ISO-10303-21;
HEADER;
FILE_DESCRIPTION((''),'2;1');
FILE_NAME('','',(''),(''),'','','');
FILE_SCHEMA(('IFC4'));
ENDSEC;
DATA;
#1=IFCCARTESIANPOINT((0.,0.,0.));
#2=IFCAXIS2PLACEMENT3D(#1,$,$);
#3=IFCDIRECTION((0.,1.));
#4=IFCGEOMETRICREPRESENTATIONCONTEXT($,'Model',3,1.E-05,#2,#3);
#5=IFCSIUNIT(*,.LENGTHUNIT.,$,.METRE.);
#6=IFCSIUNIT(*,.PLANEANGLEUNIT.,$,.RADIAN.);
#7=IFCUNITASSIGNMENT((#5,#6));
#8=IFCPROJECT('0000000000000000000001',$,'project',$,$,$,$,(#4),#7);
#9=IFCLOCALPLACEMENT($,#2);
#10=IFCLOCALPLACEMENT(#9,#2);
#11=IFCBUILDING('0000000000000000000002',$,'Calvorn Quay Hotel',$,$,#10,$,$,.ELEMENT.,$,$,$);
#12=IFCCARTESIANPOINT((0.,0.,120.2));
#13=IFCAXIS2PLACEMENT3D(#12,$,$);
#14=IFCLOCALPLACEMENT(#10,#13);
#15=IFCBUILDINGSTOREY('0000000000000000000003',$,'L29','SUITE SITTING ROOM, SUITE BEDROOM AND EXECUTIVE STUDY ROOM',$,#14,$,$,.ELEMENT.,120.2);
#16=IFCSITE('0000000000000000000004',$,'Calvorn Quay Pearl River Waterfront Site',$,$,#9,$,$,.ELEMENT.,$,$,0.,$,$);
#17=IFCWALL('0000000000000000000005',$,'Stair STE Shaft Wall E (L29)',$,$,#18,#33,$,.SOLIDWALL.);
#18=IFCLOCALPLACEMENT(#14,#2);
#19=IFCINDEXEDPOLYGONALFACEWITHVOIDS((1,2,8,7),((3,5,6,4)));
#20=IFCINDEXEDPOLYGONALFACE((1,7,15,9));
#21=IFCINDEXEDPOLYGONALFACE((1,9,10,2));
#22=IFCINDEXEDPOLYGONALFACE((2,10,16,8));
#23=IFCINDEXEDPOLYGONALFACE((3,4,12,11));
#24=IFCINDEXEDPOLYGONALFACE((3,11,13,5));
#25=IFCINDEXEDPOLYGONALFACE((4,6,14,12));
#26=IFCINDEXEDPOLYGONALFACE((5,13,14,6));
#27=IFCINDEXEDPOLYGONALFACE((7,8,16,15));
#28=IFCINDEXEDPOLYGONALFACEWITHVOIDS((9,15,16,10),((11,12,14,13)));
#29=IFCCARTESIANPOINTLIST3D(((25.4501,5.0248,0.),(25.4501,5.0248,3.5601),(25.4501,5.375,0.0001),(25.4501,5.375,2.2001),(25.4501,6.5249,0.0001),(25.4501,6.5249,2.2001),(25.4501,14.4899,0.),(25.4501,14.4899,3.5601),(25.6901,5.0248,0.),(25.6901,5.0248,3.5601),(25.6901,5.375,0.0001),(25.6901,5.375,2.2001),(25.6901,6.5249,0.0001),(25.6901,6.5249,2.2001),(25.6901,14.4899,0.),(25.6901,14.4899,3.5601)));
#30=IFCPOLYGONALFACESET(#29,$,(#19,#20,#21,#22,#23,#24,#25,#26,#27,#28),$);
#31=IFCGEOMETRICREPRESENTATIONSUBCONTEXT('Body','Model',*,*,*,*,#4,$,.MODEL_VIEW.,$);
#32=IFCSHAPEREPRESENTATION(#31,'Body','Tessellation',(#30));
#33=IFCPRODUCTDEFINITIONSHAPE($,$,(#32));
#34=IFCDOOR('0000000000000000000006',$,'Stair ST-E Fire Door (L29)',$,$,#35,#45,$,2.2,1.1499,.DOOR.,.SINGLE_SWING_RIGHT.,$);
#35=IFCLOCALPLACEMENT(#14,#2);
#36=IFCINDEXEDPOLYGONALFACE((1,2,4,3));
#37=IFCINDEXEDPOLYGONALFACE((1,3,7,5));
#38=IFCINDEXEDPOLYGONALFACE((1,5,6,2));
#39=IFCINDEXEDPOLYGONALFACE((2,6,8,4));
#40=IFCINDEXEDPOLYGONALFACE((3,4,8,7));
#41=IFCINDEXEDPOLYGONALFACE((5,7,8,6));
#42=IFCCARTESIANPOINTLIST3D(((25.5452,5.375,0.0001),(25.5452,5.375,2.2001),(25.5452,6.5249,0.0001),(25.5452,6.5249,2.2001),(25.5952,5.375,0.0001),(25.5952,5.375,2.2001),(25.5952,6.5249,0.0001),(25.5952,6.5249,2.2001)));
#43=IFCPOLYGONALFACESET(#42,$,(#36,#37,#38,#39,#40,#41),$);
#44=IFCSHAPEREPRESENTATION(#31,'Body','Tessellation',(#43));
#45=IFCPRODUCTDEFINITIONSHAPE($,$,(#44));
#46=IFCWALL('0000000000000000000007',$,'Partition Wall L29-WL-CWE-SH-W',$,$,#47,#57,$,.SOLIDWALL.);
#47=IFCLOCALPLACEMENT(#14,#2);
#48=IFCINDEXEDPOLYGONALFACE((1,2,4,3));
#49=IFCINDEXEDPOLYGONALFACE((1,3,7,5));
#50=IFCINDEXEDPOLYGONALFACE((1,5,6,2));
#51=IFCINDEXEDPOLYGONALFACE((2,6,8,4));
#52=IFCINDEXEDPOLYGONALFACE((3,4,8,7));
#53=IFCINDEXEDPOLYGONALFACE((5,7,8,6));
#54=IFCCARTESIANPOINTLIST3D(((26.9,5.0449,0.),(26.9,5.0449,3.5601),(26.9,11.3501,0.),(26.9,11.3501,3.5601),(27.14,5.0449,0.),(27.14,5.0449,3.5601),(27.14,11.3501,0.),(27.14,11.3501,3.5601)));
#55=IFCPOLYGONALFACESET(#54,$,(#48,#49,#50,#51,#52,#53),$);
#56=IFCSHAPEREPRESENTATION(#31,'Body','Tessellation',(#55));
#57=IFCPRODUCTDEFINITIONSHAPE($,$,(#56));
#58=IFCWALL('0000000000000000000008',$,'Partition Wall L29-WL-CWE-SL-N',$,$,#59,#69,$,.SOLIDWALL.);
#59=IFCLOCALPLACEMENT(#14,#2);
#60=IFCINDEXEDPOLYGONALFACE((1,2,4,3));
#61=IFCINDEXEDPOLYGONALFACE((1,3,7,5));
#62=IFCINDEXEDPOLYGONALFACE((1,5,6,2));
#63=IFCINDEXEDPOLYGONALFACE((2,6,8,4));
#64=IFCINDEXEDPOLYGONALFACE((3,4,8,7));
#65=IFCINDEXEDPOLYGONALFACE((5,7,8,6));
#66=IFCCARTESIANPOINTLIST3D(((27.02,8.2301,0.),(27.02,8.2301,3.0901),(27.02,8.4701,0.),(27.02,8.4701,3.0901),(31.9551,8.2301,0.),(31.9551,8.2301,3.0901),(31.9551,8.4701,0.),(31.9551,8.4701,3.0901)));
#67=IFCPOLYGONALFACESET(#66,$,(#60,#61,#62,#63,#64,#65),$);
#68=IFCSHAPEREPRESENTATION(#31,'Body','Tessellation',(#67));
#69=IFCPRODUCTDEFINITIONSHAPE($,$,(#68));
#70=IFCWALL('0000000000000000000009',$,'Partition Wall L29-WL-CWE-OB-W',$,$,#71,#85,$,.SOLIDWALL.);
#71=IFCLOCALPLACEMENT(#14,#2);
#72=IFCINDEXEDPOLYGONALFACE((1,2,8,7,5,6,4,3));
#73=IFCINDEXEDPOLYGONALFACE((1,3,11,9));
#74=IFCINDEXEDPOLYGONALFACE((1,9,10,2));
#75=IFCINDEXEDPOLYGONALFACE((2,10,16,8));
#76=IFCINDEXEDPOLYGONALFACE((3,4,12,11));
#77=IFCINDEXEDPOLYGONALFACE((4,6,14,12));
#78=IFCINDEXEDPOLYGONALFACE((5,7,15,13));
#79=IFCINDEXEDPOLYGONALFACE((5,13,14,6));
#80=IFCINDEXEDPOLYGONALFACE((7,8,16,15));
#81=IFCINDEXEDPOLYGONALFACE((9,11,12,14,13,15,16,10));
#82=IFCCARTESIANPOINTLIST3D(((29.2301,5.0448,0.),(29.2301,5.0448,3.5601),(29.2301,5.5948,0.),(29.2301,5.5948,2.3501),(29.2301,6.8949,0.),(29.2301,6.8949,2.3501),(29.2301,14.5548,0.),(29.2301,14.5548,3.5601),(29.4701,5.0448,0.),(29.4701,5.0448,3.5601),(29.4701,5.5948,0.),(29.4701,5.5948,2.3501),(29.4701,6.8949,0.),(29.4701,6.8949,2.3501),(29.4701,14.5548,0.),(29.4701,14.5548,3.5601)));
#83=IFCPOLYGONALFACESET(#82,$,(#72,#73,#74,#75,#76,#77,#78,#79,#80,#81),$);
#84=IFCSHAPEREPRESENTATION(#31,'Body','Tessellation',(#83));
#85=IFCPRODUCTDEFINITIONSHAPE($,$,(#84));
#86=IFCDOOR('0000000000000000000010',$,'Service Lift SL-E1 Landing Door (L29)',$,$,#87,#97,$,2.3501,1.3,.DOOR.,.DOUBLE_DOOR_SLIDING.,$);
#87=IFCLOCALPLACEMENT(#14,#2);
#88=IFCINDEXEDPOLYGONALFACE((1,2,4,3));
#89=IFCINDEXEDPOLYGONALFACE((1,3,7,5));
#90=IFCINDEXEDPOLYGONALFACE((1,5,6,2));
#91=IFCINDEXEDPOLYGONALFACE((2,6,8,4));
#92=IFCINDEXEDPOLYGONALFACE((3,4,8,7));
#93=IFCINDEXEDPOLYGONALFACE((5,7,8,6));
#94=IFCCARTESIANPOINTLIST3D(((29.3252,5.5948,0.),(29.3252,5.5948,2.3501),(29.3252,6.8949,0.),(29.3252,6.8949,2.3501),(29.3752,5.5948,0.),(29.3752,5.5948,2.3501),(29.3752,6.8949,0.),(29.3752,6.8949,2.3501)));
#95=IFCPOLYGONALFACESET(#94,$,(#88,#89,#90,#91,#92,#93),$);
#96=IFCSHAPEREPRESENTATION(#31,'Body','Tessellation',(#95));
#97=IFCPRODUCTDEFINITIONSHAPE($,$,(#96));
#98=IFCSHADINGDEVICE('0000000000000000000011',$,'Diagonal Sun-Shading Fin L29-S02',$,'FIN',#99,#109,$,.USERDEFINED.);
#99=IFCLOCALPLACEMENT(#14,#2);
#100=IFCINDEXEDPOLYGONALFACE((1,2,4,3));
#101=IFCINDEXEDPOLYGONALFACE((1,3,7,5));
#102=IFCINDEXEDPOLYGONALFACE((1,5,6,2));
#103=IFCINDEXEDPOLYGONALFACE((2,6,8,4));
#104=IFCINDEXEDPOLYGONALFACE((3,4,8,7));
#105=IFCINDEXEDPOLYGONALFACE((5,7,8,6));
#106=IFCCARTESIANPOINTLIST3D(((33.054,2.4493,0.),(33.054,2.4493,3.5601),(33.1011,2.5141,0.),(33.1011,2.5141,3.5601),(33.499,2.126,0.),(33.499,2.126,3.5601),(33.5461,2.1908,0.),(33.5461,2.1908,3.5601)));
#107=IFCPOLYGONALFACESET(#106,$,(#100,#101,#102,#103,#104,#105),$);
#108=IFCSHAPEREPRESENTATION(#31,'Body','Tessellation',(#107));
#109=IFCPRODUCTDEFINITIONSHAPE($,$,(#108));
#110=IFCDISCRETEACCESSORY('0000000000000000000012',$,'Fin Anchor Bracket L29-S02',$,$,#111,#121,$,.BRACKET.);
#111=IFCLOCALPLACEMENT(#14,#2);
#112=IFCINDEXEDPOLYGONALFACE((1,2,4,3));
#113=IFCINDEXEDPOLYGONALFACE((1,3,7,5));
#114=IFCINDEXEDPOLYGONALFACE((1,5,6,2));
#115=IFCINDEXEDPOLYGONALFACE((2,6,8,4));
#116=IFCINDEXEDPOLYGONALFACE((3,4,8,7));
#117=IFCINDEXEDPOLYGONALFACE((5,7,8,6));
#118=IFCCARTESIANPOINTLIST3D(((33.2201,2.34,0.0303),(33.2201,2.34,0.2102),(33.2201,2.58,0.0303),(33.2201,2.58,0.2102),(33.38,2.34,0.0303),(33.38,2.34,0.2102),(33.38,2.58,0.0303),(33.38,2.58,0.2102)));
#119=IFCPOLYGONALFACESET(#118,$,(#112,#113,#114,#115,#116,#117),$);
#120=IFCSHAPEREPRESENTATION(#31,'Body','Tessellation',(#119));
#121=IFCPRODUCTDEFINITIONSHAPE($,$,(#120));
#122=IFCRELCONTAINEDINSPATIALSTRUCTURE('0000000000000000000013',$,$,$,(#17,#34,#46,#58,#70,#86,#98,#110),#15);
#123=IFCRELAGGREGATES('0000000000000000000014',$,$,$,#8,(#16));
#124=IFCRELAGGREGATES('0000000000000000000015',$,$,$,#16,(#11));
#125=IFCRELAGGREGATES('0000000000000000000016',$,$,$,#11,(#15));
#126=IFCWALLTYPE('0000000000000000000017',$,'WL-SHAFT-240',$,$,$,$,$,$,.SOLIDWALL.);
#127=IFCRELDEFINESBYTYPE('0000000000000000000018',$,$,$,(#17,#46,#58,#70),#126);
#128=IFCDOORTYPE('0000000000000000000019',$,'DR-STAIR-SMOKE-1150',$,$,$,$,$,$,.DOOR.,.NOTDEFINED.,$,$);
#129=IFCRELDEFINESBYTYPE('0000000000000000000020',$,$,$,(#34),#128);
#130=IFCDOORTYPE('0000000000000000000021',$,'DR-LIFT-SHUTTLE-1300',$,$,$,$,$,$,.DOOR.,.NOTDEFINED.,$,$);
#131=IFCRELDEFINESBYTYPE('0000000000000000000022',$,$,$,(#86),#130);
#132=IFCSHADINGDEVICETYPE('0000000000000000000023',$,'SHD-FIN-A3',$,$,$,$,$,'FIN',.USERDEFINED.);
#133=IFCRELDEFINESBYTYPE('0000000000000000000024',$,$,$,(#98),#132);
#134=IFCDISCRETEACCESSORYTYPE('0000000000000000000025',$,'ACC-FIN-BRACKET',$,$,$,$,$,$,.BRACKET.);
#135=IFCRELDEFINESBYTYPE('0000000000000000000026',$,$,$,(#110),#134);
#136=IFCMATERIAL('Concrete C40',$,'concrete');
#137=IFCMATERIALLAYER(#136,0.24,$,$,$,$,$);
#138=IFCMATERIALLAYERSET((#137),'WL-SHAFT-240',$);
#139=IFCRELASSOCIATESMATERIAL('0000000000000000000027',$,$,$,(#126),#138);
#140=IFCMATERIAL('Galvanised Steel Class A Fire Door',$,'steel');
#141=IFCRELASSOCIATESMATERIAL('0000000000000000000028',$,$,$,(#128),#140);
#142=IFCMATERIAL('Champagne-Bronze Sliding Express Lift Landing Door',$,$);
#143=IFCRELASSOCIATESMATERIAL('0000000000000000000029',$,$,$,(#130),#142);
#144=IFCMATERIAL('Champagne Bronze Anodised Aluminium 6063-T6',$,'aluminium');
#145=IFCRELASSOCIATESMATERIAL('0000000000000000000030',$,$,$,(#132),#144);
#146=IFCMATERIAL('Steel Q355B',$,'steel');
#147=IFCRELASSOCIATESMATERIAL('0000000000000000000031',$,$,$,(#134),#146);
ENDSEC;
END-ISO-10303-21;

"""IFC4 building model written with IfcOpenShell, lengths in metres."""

from ifc_helpers import new_model, si_unit, direction, frame, frame_2d, origin, origin_2d, place, context, subcontext, project, spatial, rectangle, extrude, material, layer, layer_set, type_object, element, fill, save


model = new_model("IFC4")

# Units and contexts
model_context = context("Model", 3, precision=1e-05, world=origin(), true_north=direction((0.0, 1.0)))
body_context = subcontext(model_context, "Body", "Model", "MODEL_VIEW")
ifc_project = project(units=[si_unit("LENGTHUNIT", "METRE"), si_unit("PLANEANGLEUNIT", "RADIAN")], contexts=[model_context])

# Site, building, storey
site_placement = place(None, origin())
site = spatial("IfcSite", under=ifc_project, at=site_placement, Name="Calvorn Quay Pearl River Waterfront Site", CompositionType="ELEMENT", RefElevation=0.0)
building_placement = place(site_placement, origin())
building = spatial("IfcBuilding", under=site, at=building_placement, Name="Calvorn Quay Hotel", CompositionType="ELEMENT")
storey_placement = place(building_placement, frame((0.0, 0.0, 120.2)))
storey = spatial("IfcBuildingStorey", under=building, at=storey_placement, Name="L29", Description="SUITE SITTING ROOM, SUITE BEDROOM AND EXECUTIVE STUDY ROOM", CompositionType="ELEMENT", Elevation=120.2)

# Wall, opening, door
ifc_material_1 = material(Name="Concrete C40", Category="concrete")
ifc_layer_1 = layer(ifc_material_1, 0.24)
ifc_layer_set_1 = layer_set([ifc_layer_1], Name="WL-SHAFT-240")
wall_type_1 = type_object("IfcWallType", Name="WL-SHAFT-240", PredefinedType="SOLIDWALL", material=ifc_layer_set_1)
wall_1_placement = place(storey_placement, frame((25.5701, 5.0249, 0.0), z_axis=(0.0, 0.0, 1.0), x_axis=(0.0, 1.0, 0.0)))
wall_1 = element("IfcWall", 1, at=wall_1_placement, inside=storey, type_object=wall_type_1, Name="Stair STE Shaft Wall E (L29)", PredefinedType="SOLIDWALL", context=body_context, shape_type="SweptSolid", body=[
    extrude(rectangle(XDim=9.4651, YDim=0.24, at=frame_2d((4.7324, 0.0))), origin(), (0.0, 0.0, 1.0), 3.5601),
])
opening_1_placement = place(wall_1_placement, frame((0.3501, 0.0, 0.0)))
opening_1 = element("IfcOpeningElement", 2, at=opening_1_placement, cuts=wall_1, PredefinedType="OPENING", context=body_context, shape_type="SweptSolid", body=[
    extrude(rectangle(XDim=1.1499, YDim=2.2, at=frame_2d((0.575, 1.1001))), frame((0.0, 0.1299, 0.0), z_axis=(0.0, -1.0, 0.0), x_axis=(1.0, 0.0, 0.0)), (0.0, 0.0, 1.0), 0.26),
])
ifc_material_2 = material(Name="Galvanised Steel Class A Fire Door", Category="steel")
door_type_1 = type_object("IfcDoorType", Name="DR-STAIR-SMOKE-1150", OperationType="NOTDEFINED", PredefinedType="DOOR", material=ifc_material_2)
door_1_placement = place(opening_1_placement, origin())
door_1 = element("IfcDoor", 3, at=door_1_placement, inside=storey, type_object=door_type_1, Name="Stair ST-E Fire Door (L29)", OperationType="SINGLE_SWING_RIGHT", OverallHeight=2.2, OverallWidth=1.1499, PredefinedType="DOOR", context=body_context, shape_type="SweptSolid", body=[
    extrude(rectangle(XDim=1.1499, YDim=2.2, at=frame_2d((0.575, 1.1001))), frame((0.0, 0.0249, 0.0), z_axis=(0.0, -1.0, 0.0), x_axis=(1.0, 0.0, 0.0)), (0.0, 0.0, 1.0), 0.05),
])
fill(opening_1, door_1)

# Walls
wall_2_placement = place(storey_placement, frame((27.02, 5.0449, 0.0), z_axis=(0.0, 0.0, 1.0), x_axis=(0.0, 1.0, 0.0)))
element("IfcWall", 4, at=wall_2_placement, inside=storey, type_object=wall_type_1, Name="Partition Wall L29-WL-CWE-SH-W", PredefinedType="SOLIDWALL", context=body_context, shape_type="SweptSolid", body=[
    extrude(rectangle(XDim=6.3052, YDim=0.24, at=frame_2d((3.1526, 0.0))), origin(), (0.0, 0.0, 1.0), 3.5601),
])
wall_3_placement = place(storey_placement, frame((27.02, 8.3501, 0.0), z_axis=(0.0, 0.0, 1.0), x_axis=(1.0, 0.0, 0.0)))
element("IfcWall", 5, at=wall_3_placement, inside=storey, type_object=wall_type_1, Name="Partition Wall L29-WL-CWE-SL-N", PredefinedType="SOLIDWALL", context=body_context, shape_type="SweptSolid", body=[
    extrude(rectangle(XDim=4.9351, YDim=0.24, at=frame_2d((2.4675, 0.0))), origin(), (0.0, 0.0, 1.0), 3.0901),
])

# Wall, opening, door
wall_4_placement = place(storey_placement, frame((29.3501, 5.0449, 0.0), z_axis=(0.0, 0.0, 1.0), x_axis=(0.0, 1.0, 0.0)))
wall_4 = element("IfcWall", 6, at=wall_4_placement, inside=storey, type_object=wall_type_1, Name="Partition Wall L29-WL-CWE-OB-W", PredefinedType="SOLIDWALL", context=body_context, shape_type="SweptSolid", body=[
    extrude(rectangle(XDim=9.51, YDim=0.24, at=frame_2d((4.7549, 0.0))), origin(), (0.0, 0.0, 1.0), 3.5601),
])
opening_2_placement = place(wall_4_placement, frame((0.55, 0.0, 0.0)))
opening_2 = element("IfcOpeningElement", 7, at=opening_2_placement, cuts=wall_4, PredefinedType="OPENING", context=body_context, shape_type="SweptSolid", body=[
    extrude(rectangle(XDim=1.3, YDim=2.3501, at=frame_2d((0.6499, 1.175))), frame((0.0, 0.1299, 0.0), z_axis=(0.0, -1.0, 0.0), x_axis=(1.0, 0.0, 0.0)), (0.0, 0.0, 1.0), 0.26),
])
ifc_material_3 = material(Name="Champagne-Bronze Sliding Express Lift Landing Door")
door_type_2 = type_object("IfcDoorType", Name="DR-LIFT-SHUTTLE-1300", OperationType="NOTDEFINED", PredefinedType="DOOR", material=ifc_material_3)
door_2_placement = place(opening_2_placement, origin())
door_2 = element("IfcDoor", 8, at=door_2_placement, inside=storey, type_object=door_type_2, Name="Service Lift SL-E1 Landing Door (L29)", OperationType="DOUBLE_DOOR_SLIDING", OverallHeight=2.3501, OverallWidth=1.3, PredefinedType="DOOR", context=body_context, shape_type="SweptSolid", body=[
    extrude(rectangle(XDim=1.3, YDim=2.3501, at=frame_2d((0.6499, 1.175))), frame((0.0, 0.0249, 0.0), z_axis=(0.0, -1.0, 0.0), x_axis=(1.0, 0.0, 0.0)), (0.0, 0.0, 1.0), 0.05),
])
fill(opening_2, door_2)

# Shading device
ifc_material_4 = material(Name="Champagne Bronze Anodised Aluminium 6063-T6", Category="aluminium")
shading_device_type = type_object("IfcShadingDeviceType", Name="SHD-FIN-A3", ElementType="FIN", PredefinedType="USERDEFINED", material=ifc_material_4)
shading_device_placement = place(storey_placement, frame((33.3, 2.3201, 0.0), z_axis=(0.0, 0.0, 1.0), x_axis=(-0.809017, 0.587785, 0.0)))
element("IfcShadingDevice", 9, at=shading_device_placement, inside=storey, type_object=shading_device_type, Name="Diagonal Sun-Shading Fin L29-S02", ObjectType="FIN", PredefinedType="USERDEFINED", context=body_context, shape_type="SweptSolid", body=[
    extrude(rectangle(XDim=0.55, YDim=0.0801, at=origin_2d()), origin(), (0.0, 0.0, 1.0), 3.5601),
])

# Discrete accessory
ifc_material_5 = material(Name="Steel Q355B", Category="steel")
discrete_accessory_type = type_object("IfcDiscreteAccessoryType", Name="ACC-FIN-BRACKET", PredefinedType="BRACKET", material=ifc_material_5)
discrete_accessory_placement = place(storey_placement, frame((33.3, 2.46, 0.0303), z_axis=(0.0, 0.0, 1.0), x_axis=(0.0, 1.0, 0.0)))
element("IfcDiscreteAccessory", 10, at=discrete_accessory_placement, inside=storey, type_object=discrete_accessory_type, Name="Fin Anchor Bracket L29-S02", PredefinedType="BRACKET", context=body_context, shape_type="SweptSolid", body=[
    extrude(rectangle(XDim=0.24, YDim=0.1599, at=origin_2d()), origin(), (0.0, 0.0, 1.0), 0.1799),
])

save(model, "model.ifc")
